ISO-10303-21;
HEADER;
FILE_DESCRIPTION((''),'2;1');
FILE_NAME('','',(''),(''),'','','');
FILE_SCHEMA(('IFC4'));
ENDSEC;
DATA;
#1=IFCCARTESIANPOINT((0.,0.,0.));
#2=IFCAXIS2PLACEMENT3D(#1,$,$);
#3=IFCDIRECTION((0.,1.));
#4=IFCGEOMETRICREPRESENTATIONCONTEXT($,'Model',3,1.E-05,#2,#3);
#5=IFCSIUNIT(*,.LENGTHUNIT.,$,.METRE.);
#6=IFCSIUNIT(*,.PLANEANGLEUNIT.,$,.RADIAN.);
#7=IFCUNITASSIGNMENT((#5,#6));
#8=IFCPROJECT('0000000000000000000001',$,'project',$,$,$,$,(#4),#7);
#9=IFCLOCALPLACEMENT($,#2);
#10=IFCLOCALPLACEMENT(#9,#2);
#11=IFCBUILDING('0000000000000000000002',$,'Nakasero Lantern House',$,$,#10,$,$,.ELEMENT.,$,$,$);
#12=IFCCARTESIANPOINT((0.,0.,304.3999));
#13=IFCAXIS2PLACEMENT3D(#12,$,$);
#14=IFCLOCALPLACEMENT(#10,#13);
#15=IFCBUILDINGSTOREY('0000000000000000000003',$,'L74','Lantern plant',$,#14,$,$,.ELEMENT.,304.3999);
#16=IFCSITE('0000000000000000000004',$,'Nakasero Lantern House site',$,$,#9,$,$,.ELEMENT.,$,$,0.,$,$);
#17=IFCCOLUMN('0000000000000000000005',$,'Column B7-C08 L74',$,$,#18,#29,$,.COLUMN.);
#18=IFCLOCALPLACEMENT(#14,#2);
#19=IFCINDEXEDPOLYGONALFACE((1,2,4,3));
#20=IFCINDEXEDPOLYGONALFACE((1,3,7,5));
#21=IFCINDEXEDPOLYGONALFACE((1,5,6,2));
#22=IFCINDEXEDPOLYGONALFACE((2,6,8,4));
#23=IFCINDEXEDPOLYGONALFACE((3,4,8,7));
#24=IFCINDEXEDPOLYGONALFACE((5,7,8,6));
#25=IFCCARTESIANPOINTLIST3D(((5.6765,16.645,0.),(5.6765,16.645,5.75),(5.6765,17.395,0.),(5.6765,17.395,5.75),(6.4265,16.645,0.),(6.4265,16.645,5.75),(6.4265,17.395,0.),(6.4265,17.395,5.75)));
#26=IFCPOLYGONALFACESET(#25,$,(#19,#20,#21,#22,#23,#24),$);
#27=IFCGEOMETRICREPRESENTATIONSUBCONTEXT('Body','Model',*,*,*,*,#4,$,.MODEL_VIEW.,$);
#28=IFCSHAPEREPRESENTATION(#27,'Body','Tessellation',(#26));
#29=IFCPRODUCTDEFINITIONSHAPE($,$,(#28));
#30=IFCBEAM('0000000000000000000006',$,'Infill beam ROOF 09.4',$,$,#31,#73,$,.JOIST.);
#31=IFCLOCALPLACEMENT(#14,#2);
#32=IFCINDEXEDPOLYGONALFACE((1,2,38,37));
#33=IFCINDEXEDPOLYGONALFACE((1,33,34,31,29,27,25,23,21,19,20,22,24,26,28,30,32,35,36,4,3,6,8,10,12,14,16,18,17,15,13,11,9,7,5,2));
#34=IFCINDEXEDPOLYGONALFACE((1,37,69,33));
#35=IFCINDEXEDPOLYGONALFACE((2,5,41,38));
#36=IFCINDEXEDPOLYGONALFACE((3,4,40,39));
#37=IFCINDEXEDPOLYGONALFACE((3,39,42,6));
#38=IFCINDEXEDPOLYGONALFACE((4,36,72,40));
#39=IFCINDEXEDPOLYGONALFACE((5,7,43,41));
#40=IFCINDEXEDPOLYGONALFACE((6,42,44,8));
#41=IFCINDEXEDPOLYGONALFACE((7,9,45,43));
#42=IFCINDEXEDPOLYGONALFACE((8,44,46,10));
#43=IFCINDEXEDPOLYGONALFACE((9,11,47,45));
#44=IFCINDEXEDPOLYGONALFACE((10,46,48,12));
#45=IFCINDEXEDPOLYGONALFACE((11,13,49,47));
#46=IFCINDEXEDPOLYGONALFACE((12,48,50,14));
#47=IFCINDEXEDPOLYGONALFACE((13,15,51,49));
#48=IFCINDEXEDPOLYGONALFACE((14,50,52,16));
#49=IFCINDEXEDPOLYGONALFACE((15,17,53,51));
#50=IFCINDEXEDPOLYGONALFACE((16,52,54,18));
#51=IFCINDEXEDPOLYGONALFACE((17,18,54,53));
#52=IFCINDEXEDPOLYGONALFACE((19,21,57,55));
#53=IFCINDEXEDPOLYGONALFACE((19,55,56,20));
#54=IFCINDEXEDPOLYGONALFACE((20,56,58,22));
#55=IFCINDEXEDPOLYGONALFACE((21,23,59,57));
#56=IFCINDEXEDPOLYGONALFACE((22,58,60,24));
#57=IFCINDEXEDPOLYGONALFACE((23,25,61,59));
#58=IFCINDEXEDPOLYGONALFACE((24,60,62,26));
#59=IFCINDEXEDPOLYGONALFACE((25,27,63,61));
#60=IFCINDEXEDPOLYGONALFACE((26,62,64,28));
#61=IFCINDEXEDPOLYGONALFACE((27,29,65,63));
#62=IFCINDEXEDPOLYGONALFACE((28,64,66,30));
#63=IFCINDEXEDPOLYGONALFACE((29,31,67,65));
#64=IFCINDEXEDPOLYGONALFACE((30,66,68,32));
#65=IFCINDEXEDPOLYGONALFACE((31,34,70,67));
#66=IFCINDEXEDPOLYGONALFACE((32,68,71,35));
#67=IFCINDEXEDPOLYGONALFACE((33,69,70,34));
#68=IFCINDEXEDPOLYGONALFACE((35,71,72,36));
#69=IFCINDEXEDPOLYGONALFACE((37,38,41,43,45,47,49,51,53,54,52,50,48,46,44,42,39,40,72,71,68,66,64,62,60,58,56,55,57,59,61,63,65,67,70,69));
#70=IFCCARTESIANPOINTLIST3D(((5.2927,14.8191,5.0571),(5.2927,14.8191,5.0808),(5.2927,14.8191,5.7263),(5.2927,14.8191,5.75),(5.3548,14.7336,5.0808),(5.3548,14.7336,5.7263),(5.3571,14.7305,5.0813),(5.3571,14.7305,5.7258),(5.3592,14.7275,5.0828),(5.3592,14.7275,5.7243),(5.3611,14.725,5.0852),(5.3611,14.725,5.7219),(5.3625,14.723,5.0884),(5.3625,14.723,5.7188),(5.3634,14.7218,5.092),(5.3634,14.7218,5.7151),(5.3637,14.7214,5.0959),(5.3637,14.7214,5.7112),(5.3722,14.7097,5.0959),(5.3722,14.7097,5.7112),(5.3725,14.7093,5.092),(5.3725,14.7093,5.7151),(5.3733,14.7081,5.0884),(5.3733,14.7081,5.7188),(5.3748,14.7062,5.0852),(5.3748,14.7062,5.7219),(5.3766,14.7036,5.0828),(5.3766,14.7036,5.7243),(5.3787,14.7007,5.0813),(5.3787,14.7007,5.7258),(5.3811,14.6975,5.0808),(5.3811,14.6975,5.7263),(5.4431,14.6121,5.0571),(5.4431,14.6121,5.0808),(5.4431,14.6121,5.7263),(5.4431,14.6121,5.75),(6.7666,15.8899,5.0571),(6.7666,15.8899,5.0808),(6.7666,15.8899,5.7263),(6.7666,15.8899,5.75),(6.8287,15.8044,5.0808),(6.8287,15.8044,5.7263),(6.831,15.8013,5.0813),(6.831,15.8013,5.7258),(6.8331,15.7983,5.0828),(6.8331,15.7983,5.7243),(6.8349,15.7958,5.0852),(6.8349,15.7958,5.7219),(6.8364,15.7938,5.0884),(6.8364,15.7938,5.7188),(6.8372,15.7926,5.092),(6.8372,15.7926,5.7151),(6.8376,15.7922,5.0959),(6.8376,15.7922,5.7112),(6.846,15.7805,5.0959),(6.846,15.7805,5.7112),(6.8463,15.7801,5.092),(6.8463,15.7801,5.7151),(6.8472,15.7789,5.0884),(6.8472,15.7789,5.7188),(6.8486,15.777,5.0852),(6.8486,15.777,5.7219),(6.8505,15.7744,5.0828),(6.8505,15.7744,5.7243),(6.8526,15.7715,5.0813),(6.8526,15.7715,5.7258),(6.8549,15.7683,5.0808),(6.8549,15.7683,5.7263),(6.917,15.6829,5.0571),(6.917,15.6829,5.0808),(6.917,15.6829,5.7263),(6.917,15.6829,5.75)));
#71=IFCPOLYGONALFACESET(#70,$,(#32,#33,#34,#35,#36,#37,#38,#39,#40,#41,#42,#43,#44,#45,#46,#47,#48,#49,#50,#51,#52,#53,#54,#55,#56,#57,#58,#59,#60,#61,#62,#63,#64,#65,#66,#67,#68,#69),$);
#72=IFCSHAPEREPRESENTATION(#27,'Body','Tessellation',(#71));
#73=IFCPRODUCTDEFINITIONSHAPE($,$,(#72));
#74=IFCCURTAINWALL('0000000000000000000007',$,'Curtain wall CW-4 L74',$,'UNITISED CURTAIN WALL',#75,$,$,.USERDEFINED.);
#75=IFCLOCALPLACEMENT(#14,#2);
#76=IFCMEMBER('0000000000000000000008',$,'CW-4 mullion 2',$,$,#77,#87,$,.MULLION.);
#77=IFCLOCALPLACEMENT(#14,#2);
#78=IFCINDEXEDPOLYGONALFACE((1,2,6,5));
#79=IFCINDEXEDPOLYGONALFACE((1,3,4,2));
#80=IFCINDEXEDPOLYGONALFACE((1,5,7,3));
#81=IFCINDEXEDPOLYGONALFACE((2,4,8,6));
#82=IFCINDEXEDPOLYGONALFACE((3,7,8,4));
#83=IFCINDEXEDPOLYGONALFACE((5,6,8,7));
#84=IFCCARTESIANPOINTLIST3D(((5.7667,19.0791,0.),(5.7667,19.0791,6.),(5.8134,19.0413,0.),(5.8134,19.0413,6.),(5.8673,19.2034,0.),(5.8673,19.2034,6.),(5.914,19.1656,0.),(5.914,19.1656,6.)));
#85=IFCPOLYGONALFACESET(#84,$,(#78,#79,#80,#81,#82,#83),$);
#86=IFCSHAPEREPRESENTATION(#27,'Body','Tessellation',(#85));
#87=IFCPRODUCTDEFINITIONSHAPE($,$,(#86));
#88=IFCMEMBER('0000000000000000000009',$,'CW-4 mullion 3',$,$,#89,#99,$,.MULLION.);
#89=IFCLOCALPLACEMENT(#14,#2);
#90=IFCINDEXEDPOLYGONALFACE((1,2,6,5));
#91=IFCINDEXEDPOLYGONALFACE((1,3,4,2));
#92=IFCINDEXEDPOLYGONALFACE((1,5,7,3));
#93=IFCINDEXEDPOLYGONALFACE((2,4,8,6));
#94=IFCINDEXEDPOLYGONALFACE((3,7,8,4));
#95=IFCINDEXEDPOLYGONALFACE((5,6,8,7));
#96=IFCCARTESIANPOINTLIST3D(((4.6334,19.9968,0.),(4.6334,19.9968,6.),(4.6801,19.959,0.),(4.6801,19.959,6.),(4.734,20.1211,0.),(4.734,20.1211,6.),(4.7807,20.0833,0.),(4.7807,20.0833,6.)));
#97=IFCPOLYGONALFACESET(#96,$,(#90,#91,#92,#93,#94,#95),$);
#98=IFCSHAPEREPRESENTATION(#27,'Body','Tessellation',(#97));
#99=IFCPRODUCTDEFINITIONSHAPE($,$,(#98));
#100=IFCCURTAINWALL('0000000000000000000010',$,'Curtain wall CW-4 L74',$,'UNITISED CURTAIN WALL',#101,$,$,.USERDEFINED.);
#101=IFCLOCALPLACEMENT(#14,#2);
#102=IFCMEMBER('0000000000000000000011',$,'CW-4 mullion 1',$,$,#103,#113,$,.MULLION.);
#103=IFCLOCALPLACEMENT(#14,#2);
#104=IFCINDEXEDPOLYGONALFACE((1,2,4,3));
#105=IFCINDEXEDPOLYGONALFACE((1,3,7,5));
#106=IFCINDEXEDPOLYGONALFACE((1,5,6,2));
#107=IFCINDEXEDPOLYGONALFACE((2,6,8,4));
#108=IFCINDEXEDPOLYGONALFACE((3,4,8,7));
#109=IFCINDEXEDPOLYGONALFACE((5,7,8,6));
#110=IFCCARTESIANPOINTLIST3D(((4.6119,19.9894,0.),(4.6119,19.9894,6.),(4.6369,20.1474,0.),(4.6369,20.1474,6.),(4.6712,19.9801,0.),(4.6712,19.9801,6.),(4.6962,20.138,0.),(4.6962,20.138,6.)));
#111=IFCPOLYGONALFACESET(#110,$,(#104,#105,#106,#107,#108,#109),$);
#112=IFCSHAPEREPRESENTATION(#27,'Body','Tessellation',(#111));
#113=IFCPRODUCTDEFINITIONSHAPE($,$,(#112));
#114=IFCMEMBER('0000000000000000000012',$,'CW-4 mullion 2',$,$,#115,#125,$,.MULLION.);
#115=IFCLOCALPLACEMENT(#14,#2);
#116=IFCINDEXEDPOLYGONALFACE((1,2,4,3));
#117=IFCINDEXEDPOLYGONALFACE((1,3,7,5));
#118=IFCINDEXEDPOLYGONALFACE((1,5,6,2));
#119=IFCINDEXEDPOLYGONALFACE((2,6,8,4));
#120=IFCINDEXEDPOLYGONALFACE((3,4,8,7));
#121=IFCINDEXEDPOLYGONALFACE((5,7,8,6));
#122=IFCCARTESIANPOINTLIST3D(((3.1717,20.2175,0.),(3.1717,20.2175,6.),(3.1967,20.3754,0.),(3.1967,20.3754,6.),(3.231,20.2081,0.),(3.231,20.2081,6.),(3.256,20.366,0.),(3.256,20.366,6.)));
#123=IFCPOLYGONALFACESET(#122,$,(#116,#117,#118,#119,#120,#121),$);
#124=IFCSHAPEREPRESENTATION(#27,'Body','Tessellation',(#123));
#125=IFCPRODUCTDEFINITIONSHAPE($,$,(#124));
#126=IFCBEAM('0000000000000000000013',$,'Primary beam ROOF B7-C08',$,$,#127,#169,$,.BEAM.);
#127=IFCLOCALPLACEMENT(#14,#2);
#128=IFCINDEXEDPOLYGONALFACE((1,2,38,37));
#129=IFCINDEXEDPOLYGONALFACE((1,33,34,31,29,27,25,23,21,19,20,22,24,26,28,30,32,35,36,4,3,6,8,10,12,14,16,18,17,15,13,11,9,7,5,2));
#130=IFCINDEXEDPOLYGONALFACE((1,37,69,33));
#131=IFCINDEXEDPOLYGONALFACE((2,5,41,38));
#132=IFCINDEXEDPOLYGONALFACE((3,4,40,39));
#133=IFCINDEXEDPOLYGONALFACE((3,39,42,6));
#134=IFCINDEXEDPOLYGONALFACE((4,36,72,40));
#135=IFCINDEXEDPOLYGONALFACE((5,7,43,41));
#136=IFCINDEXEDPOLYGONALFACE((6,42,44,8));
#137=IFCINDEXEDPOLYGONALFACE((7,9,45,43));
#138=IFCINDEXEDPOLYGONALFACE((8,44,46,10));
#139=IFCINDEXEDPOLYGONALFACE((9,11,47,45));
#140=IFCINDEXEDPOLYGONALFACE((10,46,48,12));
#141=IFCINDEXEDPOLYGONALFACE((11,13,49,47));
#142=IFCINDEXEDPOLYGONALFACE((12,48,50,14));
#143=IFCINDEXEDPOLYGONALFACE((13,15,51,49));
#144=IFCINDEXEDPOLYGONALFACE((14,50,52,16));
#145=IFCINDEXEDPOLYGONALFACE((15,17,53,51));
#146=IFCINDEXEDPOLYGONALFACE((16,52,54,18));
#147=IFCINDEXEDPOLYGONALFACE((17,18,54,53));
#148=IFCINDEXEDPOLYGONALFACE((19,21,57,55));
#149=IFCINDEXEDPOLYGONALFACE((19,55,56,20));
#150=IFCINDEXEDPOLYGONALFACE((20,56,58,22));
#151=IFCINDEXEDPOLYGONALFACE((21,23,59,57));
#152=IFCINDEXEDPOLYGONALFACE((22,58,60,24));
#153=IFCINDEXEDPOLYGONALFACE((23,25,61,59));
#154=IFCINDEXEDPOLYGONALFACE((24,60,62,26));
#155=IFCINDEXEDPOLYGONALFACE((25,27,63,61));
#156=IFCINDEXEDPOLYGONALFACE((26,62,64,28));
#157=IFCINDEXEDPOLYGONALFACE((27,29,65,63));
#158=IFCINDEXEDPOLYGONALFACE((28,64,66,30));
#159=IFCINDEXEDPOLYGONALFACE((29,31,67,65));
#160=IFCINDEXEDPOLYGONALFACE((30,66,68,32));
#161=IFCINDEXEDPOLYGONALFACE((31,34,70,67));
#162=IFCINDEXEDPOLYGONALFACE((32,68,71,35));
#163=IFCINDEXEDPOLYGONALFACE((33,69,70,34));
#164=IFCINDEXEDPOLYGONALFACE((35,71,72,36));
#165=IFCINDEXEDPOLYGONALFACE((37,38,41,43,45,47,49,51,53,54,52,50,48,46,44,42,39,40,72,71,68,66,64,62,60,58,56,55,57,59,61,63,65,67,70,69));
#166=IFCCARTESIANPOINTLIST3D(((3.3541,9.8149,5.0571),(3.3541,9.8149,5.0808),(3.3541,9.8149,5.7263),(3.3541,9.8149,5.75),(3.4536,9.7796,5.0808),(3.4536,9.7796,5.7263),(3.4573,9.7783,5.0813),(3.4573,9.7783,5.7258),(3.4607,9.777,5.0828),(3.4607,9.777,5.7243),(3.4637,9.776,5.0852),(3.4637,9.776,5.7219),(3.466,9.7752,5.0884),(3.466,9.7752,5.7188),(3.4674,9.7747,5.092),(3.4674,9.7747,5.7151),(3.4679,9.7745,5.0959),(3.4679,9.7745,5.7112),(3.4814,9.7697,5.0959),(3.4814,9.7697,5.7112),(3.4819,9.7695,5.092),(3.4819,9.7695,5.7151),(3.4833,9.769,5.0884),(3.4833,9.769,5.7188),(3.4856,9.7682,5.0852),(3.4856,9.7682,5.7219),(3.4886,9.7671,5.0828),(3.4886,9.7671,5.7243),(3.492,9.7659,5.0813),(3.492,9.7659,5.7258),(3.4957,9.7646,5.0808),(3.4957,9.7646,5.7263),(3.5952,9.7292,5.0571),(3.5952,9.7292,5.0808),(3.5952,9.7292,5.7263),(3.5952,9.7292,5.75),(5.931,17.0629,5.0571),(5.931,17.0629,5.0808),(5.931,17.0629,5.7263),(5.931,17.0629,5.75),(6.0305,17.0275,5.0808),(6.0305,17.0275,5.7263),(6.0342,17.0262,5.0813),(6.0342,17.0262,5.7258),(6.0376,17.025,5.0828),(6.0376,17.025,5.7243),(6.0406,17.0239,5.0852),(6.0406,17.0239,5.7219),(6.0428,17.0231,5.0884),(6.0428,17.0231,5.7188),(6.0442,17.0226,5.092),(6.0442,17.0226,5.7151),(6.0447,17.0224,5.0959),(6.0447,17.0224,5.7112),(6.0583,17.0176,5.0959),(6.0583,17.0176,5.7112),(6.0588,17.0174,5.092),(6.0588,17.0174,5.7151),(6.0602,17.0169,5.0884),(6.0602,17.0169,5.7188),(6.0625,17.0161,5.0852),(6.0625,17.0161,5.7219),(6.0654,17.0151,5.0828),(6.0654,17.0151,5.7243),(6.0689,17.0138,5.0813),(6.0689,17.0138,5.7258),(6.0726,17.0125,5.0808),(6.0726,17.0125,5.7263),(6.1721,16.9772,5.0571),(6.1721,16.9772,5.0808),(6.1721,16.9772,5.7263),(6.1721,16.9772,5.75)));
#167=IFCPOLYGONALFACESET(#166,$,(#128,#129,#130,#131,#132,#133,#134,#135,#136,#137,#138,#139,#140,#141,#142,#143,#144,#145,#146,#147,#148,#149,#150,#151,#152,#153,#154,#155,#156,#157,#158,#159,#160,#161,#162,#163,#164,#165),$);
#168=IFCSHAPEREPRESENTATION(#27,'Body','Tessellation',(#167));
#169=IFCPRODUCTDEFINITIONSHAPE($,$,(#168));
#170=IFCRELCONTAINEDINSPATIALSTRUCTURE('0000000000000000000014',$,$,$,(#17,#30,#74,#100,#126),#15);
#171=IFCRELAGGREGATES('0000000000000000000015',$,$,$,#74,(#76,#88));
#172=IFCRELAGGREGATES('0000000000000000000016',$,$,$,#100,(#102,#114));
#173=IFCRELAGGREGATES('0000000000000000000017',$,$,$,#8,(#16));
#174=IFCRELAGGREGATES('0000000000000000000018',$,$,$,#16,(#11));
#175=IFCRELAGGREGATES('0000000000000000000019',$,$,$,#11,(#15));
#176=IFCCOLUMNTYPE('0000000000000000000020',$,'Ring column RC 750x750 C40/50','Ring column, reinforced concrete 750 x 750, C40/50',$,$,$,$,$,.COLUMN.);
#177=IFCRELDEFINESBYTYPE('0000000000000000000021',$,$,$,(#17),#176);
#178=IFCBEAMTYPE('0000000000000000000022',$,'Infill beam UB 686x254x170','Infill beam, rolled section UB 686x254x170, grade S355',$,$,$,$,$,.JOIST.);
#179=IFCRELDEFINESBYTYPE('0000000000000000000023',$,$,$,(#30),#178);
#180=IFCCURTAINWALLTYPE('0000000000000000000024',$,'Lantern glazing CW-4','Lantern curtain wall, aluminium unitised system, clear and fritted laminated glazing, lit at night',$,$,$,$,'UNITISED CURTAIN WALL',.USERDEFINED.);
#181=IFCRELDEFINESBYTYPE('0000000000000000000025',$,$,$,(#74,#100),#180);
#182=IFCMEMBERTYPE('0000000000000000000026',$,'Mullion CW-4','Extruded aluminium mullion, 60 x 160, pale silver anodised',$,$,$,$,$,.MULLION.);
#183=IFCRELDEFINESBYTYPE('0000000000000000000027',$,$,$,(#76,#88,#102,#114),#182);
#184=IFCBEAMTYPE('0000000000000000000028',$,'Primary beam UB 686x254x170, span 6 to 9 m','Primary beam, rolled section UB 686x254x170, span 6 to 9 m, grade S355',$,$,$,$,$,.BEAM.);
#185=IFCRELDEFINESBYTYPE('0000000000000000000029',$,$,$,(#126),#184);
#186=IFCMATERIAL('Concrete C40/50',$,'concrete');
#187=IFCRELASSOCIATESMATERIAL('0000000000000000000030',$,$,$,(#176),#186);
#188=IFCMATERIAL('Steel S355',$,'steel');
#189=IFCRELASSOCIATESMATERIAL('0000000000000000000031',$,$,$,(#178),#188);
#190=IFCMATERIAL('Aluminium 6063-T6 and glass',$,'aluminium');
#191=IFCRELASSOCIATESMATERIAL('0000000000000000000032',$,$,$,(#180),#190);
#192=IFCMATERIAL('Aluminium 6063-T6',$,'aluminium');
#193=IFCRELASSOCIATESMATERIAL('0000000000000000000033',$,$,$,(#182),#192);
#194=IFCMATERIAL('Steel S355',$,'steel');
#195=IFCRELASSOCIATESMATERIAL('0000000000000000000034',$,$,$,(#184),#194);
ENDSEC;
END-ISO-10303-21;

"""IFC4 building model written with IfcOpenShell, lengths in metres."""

from ifc_helpers import new_model, si_unit, direction, frame, origin, origin_2d, place, context, subcontext, project, spatial, rectangle, i_section, extrude, material, material_profile, profile_set, type_object, element, aggregate, save


model = new_model("IFC4")

# Units and contexts
model_context = context("Model", 3, precision=1e-05, world=origin(), true_north=direction((0.0, 1.0)))
body_context = subcontext(model_context, "Body", "Model", "MODEL_VIEW")
ifc_project = project(units=[si_unit("LENGTHUNIT", "METRE"), si_unit("PLANEANGLEUNIT", "RADIAN")], contexts=[model_context])

# Site, building, storey
site_placement = place(None, origin())
site = spatial("IfcSite", under=ifc_project, at=site_placement, Name="Nakasero Lantern House site", CompositionType="ELEMENT", RefElevation=0.0)
building_placement = place(site_placement, origin())
building = spatial("IfcBuilding", under=site, at=building_placement, Name="Nakasero Lantern House", CompositionType="ELEMENT")
storey_placement = place(building_placement, frame((0.0, 0.0, 304.3999)))
storey = spatial("IfcBuildingStorey", under=building, at=storey_placement, Name="L74", Description="Lantern plant", CompositionType="ELEMENT", Elevation=304.3999)

# Column
ifc_material_1 = material(Name="Concrete C40/50", Category="concrete")
ifc_material_profile_1 = material_profile(ifc_material_1, rectangle(XDim=0.75, YDim=0.75, at=origin_2d()), Name="RC 750x750")
ifc_profile_set_1 = profile_set([ifc_material_profile_1], Name="Concrete C40/50")
column_type = type_object("IfcColumnType", Name="Ring column RC 750x750 C40/50", Description="Ring column, reinforced concrete 750 x 750, C40/50", PredefinedType="COLUMN", material=ifc_profile_set_1)
column_placement = place(storey_placement, frame((6.0515, 17.02, 0.0), z_axis=(0.0, 0.0, 1.0), x_axis=(1.0, 0.0, 0.0)))
element("IfcColumn", 1, at=column_placement, inside=storey, type_object=column_type, Name="Column B7-C08 L74", PredefinedType="COLUMN", context=body_context, shape_type="SweptSolid", body=[
    extrude(rectangle(XDim=0.75, YDim=0.75, at=origin_2d()), origin(), (0.0, 0.0, 1.0), 5.75),
])

# Beam
ifc_material_2 = material(Name="Steel S355", Category="steel")
ifc_material_profile_2 = material_profile(ifc_material_2, i_section(OverallWidth=0.2559, OverallDepth=0.6929, WebThickness=0.0144, FlangeThickness=0.0237, FilletRadius=0.0151, at=origin_2d()), Name="UB 686x254x170")
ifc_profile_set_2 = profile_set([ifc_material_profile_2], Name="Steel S355")
beam_type_1 = type_object("IfcBeamType", Name="Infill beam UB 686x254x170", Description="Infill beam, rolled section UB 686x254x170, grade S355", PredefinedType="JOIST", material=ifc_profile_set_2)
beam_1_placement = place(storey_placement, frame((5.3679, 14.7156, 5.4036), z_axis=(0.809026, 0.587773, 0.0), x_axis=(-0.587773, 0.809026, 0.0)))
element("IfcBeam", 2, at=beam_1_placement, inside=storey, type_object=beam_type_1, Name="Infill beam ROOF 09.4", PredefinedType="JOIST", context=body_context, shape_type="SweptSolid", body=[
    extrude(i_section(OverallWidth=0.2559, OverallDepth=0.6929, WebThickness=0.0144, FlangeThickness=0.0237, FilletRadius=0.0151, at=origin_2d()), origin(), (0.0, 0.0, 1.0), 1.8218),
])

# Curtain walls, members
ifc_material_3 = material(Name="Aluminium 6063-T6 and glass", Category="aluminium")
curtain_wall_type = type_object("IfcCurtainWallType", Name="Lantern glazing CW-4", Description="Lantern curtain wall, aluminium unitised system, clear and fritted laminated glazing, lit at night", ElementType="UNITISED CURTAIN WALL", PredefinedType="USERDEFINED", material=ifc_material_3)
curtain_wall_1_placement = place(storey_placement, origin())
curtain_wall_1 = element("IfcCurtainWall", 3, at=curtain_wall_1_placement, inside=storey, type_object=curtain_wall_type, Name="Curtain wall CW-4 L74", ObjectType="UNITISED CURTAIN WALL", PredefinedType="USERDEFINED")
ifc_material_4 = material(Name="Aluminium 6063-T6", Category="aluminium")
ifc_material_profile_3 = material_profile(ifc_material_4, rectangle(XDim=0.0601, YDim=0.1599, at=origin_2d()), Name="CW-4 mullion 60x160")
ifc_profile_set_3 = profile_set([ifc_material_profile_3], Name="Aluminium 6063-T6")
member_type_1 = type_object("IfcMemberType", Name="Mullion CW-4", Description="Extruded aluminium mullion, 60 x 160, pale silver anodised", PredefinedType="MULLION", material=ifc_profile_set_3)
member_1_placement = place(storey_placement, frame((5.8403, 19.1223, 0.0), z_axis=(0.0, 0.0, 1.0), x_axis=(-0.777146, 0.62932, 0.0)))
member_1 = element("IfcMember", 4, at=member_1_placement, type_object=member_type_1, Name="CW-4 mullion 2", PredefinedType="MULLION", context=body_context, shape_type="SweptSolid", body=[
    extrude(rectangle(XDim=0.0601, YDim=0.1599, at=origin_2d()), origin(), (0.0, 0.0, 1.0), 6.0),
])
member_2_placement = place(storey_placement, frame((4.707, 20.04, 0.0), z_axis=(0.0, 0.0, 1.0), x_axis=(-0.777146, 0.62932, 0.0)))
member_2 = element("IfcMember", 5, at=member_2_placement, type_object=member_type_1, Name="CW-4 mullion 3", PredefinedType="MULLION", context=body_context, shape_type="SweptSolid", body=[
    extrude(rectangle(XDim=0.0601, YDim=0.1599, at=origin_2d()), origin(), (0.0, 0.0, 1.0), 6.0),
])
curtain_wall_2_placement = place(storey_placement, origin())
curtain_wall_2 = element("IfcCurtainWall", 6, at=curtain_wall_2_placement, inside=storey, type_object=curtain_wall_type, Name="Curtain wall CW-4 L74", ObjectType="UNITISED CURTAIN WALL", PredefinedType="USERDEFINED")
member_3_placement = place(storey_placement, frame((4.6541, 20.0637, 0.0), z_axis=(0.0, 0.0, 1.0), x_axis=(-0.987688, 0.156434, 0.0)))
member_3 = element("IfcMember", 7, at=member_3_placement, type_object=member_type_1, Name="CW-4 mullion 1", PredefinedType="MULLION", context=body_context, shape_type="SweptSolid", body=[
    extrude(rectangle(XDim=0.0601, YDim=0.1599, at=origin_2d()), origin(), (0.0, 0.0, 1.0), 6.0),
])
member_4_placement = place(storey_placement, frame((3.2139, 20.2917, 0.0), z_axis=(0.0, 0.0, 1.0), x_axis=(-0.987688, 0.156434, 0.0)))
member_4 = element("IfcMember", 8, at=member_4_placement, type_object=member_type_1, Name="CW-4 mullion 2", PredefinedType="MULLION", context=body_context, shape_type="SweptSolid", body=[
    extrude(rectangle(XDim=0.0601, YDim=0.1599, at=origin_2d()), origin(), (0.0, 0.0, 1.0), 6.0),
])

# Beam
ifc_material_5 = material(Name="Steel S355", Category="steel")
ifc_material_profile_4 = material_profile(ifc_material_5, i_section(OverallWidth=0.2559, OverallDepth=0.6929, WebThickness=0.0144, FlangeThickness=0.0237, FilletRadius=0.0151, at=origin_2d()), Name="UB 686x254x170")
ifc_profile_set_4 = profile_set([ifc_material_profile_4], Name="Steel S355")
beam_type_2 = type_object("IfcBeamType", Name="Primary beam UB 686x254x170, span 6 to 9 m", Description="Primary beam, rolled section UB 686x254x170, span 6 to 9 m, grade S355", PredefinedType="BEAM", material=ifc_profile_set_4)
beam_2_placement = place(storey_placement, frame((6.0515, 17.02, 5.4036), z_axis=(-0.334989, -0.942222, 0.0), x_axis=(0.942222, -0.334989, 0.0)))
element("IfcBeam", 9, at=beam_2_placement, inside=storey, type_object=beam_type_2, Name="Primary beam ROOF B7-C08", PredefinedType="BEAM", context=body_context, shape_type="SweptSolid", body=[
    extrude(i_section(OverallWidth=0.2559, OverallDepth=0.6929, WebThickness=0.0144, FlangeThickness=0.0237, FilletRadius=0.0151, at=origin_2d()), origin(), (0.0, 0.0, 1.0), 7.6924),
])

aggregate(curtain_wall_1, [member_1, member_2])
aggregate(curtain_wall_2, [member_3, member_4])

save(model, "model.ifc")
